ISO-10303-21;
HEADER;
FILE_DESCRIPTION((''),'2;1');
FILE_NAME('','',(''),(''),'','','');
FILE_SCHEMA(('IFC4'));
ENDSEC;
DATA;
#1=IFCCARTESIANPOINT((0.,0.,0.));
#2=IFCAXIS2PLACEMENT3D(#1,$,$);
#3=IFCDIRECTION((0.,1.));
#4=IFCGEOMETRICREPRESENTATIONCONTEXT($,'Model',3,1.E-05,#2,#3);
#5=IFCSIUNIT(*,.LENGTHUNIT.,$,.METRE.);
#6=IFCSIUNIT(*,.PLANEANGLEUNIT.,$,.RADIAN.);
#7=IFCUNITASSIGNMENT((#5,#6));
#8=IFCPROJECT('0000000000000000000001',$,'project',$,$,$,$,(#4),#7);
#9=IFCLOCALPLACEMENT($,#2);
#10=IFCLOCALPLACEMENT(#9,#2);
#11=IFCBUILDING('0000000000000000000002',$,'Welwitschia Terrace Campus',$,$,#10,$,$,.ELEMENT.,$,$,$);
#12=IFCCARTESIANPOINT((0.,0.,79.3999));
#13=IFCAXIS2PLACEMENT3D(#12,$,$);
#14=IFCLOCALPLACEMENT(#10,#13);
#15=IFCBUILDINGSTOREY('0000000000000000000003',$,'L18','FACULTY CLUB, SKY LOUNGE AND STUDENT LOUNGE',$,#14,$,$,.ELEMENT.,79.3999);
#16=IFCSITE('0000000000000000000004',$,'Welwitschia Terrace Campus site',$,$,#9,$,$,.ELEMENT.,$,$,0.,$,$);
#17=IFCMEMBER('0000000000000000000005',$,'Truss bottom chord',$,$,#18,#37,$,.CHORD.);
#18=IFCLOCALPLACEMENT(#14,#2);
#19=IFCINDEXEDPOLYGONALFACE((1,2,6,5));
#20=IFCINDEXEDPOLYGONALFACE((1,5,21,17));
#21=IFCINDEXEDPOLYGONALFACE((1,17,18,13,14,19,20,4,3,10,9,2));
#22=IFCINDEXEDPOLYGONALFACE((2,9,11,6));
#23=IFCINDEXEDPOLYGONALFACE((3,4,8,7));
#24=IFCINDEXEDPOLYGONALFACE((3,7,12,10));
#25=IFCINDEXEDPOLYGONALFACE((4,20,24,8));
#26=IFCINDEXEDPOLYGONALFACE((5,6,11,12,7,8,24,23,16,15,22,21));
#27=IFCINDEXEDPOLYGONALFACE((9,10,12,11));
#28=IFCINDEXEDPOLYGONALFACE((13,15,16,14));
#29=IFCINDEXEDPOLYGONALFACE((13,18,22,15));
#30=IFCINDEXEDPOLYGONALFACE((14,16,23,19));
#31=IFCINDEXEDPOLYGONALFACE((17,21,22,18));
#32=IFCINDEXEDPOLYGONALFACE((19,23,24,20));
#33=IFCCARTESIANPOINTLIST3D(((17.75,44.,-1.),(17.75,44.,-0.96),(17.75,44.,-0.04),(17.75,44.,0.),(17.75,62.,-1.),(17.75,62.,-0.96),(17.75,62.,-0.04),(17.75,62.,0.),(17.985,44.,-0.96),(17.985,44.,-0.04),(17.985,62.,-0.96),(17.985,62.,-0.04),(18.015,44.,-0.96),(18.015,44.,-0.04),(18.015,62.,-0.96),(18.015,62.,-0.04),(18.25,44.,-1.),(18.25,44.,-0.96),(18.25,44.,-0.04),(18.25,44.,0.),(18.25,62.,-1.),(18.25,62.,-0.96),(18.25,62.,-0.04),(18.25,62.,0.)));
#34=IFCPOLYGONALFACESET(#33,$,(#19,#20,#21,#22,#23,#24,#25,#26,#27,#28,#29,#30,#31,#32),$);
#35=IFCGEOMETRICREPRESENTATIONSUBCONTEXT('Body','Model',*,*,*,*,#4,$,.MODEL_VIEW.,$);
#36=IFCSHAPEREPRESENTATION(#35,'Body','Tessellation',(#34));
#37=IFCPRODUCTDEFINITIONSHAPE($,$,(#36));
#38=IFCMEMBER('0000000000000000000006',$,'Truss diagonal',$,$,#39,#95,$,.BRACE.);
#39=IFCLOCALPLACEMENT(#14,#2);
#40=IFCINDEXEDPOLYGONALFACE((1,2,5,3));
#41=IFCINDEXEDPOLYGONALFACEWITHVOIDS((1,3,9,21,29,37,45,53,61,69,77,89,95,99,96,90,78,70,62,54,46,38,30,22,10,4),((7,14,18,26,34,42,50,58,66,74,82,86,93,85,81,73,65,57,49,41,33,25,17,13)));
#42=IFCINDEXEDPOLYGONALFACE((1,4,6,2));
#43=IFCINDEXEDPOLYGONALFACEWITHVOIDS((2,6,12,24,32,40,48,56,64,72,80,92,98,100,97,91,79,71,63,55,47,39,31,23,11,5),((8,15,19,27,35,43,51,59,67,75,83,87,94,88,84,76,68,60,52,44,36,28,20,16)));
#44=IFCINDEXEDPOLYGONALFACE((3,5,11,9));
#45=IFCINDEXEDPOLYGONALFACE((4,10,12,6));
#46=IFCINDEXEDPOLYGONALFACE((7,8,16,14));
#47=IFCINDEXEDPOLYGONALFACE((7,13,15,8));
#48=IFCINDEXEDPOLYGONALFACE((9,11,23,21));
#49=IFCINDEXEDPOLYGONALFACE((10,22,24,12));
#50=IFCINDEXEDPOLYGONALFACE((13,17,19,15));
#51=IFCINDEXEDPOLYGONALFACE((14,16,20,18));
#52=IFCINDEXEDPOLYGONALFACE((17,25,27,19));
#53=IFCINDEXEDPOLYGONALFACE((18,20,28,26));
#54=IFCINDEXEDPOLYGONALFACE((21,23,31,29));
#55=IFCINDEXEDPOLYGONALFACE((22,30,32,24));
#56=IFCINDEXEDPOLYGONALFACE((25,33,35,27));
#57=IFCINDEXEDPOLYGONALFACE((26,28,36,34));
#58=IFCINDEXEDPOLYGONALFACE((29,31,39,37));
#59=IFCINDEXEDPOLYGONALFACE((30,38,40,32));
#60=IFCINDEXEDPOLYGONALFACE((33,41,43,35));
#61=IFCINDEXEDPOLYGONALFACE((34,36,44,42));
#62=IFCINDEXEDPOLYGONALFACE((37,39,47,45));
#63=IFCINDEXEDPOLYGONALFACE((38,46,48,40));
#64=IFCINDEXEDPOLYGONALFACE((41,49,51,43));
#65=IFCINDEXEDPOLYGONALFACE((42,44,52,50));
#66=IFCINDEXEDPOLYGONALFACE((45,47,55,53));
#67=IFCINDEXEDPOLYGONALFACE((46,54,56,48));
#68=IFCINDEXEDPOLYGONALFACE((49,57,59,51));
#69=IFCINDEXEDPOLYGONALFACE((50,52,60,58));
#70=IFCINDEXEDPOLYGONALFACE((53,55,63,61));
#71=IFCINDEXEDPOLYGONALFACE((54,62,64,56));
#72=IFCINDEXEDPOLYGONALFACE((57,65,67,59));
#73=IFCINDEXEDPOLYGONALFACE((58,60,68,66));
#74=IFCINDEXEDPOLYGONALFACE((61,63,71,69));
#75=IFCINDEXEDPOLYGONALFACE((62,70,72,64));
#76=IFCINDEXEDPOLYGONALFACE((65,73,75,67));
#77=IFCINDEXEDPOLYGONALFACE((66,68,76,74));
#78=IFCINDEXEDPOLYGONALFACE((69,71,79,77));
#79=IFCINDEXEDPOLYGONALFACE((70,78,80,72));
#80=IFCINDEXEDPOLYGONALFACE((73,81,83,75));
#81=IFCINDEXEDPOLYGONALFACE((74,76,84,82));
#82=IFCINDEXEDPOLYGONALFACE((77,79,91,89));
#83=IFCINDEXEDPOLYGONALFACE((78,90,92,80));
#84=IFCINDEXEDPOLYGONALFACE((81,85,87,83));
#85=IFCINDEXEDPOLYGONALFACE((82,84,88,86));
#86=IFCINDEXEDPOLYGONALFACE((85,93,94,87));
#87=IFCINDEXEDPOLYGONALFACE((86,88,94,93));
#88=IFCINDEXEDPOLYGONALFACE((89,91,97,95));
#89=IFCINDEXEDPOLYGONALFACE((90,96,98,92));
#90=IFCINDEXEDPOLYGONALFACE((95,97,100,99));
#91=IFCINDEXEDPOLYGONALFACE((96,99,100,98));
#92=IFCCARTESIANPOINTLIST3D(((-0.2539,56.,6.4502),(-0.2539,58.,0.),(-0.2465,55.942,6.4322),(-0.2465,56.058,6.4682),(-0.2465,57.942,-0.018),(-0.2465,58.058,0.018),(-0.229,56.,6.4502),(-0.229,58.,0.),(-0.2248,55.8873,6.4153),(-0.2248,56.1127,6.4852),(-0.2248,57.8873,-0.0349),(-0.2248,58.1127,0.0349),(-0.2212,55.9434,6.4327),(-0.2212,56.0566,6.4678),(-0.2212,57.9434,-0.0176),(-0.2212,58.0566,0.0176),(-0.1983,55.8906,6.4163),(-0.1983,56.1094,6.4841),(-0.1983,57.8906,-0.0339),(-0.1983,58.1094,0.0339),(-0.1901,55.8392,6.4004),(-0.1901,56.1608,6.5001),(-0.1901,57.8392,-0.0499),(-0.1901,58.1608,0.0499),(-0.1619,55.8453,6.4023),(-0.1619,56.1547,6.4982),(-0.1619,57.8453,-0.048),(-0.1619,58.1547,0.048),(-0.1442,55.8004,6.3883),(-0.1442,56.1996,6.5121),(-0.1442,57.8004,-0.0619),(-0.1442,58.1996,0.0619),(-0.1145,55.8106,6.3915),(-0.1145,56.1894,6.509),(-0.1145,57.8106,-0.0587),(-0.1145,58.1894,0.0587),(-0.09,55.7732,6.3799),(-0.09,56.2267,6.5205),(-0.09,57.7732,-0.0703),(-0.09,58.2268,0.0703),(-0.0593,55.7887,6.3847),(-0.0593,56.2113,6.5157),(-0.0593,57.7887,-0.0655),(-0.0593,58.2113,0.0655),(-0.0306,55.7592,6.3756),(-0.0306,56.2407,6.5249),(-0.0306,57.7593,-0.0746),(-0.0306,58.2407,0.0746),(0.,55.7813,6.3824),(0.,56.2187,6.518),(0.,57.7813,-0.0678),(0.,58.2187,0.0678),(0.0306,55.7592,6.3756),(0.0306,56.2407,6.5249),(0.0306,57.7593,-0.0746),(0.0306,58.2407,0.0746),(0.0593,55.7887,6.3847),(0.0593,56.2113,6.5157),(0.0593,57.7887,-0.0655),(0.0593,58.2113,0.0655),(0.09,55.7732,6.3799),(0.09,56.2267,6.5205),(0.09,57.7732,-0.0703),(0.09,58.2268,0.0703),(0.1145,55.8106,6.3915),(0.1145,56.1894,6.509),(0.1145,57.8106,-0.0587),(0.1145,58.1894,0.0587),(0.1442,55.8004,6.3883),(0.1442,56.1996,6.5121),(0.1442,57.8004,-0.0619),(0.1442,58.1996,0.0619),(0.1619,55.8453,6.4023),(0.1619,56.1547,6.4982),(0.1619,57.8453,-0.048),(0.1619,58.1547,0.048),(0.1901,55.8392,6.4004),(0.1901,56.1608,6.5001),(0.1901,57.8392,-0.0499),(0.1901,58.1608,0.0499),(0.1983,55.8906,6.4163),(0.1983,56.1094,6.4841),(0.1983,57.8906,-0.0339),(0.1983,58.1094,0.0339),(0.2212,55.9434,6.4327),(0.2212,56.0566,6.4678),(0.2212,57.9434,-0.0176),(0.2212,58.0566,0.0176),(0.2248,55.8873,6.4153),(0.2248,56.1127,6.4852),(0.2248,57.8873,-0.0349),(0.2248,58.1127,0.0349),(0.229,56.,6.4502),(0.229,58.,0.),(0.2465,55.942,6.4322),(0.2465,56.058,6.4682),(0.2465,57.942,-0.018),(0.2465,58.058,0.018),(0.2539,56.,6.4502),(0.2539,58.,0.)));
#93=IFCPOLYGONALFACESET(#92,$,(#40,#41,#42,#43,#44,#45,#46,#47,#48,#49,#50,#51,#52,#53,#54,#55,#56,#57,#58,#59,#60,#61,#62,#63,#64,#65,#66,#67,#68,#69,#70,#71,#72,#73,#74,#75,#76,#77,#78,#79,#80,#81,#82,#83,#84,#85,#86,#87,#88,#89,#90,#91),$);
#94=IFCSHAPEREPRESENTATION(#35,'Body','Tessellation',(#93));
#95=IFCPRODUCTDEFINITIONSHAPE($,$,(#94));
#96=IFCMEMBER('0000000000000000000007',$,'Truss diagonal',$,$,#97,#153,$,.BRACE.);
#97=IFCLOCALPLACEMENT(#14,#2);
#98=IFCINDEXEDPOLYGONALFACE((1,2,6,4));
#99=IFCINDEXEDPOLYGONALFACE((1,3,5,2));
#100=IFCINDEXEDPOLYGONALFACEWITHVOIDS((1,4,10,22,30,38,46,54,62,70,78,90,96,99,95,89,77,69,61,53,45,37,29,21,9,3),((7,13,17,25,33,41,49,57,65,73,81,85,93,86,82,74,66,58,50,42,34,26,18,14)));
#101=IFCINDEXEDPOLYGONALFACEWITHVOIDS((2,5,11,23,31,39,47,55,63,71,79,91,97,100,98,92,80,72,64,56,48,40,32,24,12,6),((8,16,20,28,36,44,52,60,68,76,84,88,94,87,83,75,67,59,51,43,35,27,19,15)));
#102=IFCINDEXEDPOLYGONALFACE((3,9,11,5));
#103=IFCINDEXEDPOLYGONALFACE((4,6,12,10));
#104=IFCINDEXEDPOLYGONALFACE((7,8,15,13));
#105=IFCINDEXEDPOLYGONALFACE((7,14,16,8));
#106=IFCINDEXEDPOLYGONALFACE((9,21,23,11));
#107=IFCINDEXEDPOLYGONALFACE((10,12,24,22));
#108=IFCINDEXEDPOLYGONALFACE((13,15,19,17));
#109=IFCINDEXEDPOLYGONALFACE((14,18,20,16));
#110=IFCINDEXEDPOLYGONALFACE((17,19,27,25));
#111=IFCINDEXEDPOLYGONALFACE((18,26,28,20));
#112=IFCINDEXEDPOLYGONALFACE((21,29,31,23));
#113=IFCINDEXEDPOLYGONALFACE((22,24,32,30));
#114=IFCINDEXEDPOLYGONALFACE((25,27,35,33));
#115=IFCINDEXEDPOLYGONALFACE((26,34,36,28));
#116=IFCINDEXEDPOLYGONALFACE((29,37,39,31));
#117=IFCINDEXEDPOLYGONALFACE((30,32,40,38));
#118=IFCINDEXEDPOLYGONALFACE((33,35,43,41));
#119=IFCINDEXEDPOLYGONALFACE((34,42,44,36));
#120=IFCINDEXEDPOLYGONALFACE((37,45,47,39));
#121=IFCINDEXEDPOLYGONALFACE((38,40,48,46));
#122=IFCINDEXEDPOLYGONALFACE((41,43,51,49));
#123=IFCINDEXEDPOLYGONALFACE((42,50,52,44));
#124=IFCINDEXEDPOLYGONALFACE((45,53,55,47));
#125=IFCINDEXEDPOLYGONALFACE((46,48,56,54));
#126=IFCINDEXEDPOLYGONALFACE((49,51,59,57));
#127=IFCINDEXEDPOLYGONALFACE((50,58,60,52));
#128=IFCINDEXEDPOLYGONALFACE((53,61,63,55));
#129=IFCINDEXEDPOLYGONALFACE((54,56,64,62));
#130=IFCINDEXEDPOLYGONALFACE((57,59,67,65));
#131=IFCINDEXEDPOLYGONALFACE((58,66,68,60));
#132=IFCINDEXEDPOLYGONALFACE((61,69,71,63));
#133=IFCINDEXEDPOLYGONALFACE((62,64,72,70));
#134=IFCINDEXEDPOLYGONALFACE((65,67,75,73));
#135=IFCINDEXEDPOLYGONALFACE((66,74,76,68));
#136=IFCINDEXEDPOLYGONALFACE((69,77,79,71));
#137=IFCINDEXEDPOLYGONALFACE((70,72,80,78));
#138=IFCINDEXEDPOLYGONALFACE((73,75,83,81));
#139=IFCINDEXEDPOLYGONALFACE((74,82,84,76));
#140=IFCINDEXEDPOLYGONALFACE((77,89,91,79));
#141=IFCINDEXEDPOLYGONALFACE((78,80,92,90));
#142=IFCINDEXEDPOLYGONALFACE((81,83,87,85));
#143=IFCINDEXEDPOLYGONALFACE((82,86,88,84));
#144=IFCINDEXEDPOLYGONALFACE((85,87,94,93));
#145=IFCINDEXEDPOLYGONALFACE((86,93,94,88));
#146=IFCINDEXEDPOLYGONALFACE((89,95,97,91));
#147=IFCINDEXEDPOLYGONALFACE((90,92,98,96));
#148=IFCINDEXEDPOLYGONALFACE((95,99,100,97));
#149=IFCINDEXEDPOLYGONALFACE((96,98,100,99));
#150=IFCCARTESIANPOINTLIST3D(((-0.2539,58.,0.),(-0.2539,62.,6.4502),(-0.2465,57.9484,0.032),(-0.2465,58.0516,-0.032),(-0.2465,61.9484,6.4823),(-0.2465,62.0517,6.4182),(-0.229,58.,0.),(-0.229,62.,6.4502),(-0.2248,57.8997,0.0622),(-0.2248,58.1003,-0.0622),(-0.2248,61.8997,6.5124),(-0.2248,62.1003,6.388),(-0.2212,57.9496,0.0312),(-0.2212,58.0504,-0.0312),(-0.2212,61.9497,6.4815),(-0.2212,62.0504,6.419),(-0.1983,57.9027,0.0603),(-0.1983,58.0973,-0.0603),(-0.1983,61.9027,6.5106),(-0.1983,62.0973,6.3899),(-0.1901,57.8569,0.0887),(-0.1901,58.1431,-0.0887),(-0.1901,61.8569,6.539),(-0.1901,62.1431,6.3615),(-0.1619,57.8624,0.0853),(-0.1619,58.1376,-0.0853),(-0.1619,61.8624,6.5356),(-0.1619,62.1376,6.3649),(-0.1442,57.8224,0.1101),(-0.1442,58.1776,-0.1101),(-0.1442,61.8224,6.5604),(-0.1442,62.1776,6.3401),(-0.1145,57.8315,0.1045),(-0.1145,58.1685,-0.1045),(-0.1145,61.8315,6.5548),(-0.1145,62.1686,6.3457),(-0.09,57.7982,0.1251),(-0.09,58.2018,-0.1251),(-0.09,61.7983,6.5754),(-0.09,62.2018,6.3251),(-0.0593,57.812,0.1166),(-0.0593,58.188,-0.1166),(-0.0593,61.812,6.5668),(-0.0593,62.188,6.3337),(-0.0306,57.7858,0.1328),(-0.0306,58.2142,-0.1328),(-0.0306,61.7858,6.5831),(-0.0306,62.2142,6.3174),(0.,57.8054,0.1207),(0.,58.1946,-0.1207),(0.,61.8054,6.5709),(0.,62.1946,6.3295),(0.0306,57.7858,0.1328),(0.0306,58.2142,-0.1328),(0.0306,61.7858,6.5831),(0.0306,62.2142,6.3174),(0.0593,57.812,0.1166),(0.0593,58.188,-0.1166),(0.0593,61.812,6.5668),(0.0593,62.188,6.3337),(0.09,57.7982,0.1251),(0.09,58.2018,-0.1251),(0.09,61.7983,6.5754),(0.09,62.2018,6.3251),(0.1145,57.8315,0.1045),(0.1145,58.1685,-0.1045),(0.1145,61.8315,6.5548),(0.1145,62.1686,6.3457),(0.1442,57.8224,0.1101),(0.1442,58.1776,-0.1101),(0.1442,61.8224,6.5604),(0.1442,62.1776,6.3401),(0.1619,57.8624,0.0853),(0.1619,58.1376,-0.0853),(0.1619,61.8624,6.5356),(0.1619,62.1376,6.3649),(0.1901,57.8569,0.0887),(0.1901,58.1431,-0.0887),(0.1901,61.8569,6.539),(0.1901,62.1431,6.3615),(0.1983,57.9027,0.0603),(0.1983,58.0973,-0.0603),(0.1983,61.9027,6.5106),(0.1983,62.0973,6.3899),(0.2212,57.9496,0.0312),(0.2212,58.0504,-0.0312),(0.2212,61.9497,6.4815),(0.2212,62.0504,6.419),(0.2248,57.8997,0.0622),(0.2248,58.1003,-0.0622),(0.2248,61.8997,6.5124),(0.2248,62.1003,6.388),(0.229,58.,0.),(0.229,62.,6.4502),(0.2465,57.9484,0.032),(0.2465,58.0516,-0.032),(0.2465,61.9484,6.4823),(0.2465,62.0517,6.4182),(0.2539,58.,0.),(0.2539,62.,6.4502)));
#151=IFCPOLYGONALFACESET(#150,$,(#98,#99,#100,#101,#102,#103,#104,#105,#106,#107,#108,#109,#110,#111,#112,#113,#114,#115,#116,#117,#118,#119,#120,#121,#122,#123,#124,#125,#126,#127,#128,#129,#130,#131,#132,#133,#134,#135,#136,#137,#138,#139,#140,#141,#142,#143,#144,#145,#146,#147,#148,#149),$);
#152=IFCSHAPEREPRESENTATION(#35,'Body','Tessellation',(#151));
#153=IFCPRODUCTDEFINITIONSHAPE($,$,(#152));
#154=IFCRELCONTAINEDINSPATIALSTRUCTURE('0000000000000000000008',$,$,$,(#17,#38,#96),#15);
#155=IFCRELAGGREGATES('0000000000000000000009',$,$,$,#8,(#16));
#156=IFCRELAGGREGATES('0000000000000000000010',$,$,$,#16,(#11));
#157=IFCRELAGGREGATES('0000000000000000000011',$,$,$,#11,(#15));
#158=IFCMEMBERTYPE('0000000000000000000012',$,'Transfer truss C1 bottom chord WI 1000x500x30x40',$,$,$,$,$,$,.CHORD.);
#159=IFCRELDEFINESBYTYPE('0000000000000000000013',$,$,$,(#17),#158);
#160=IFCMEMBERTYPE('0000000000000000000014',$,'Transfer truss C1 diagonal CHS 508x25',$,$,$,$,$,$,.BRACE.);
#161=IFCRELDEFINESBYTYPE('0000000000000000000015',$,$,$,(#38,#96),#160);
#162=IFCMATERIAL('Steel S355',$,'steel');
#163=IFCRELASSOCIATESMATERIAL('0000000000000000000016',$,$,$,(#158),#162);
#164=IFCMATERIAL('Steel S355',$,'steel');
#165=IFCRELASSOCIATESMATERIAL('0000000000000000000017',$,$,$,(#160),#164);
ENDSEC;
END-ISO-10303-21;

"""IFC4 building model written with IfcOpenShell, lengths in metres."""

from ifc_helpers import new_model, si_unit, direction, frame, origin, origin_2d, place, context, subcontext, project, spatial, hollow_circle, i_section, extrude, material, material_profile, profile_set, type_object, element, save


model = new_model("IFC4")

# Units and contexts
model_context = context("Model", 3, precision=1e-05, world=origin(), true_north=direction((0.0, 1.0)))
body_context = subcontext(model_context, "Body", "Model", "MODEL_VIEW")
ifc_project = project(units=[si_unit("LENGTHUNIT", "METRE"), si_unit("PLANEANGLEUNIT", "RADIAN")], contexts=[model_context])

# Site, building, storey
site_placement = place(None, origin())
site = spatial("IfcSite", under=ifc_project, at=site_placement, Name="Welwitschia Terrace Campus site", CompositionType="ELEMENT", RefElevation=0.0)
building_placement = place(site_placement, origin())
building = spatial("IfcBuilding", under=site, at=building_placement, Name="Welwitschia Terrace Campus", CompositionType="ELEMENT")
storey_placement = place(building_placement, frame((0.0, 0.0, 79.3999)))
storey = spatial("IfcBuildingStorey", under=building, at=storey_placement, Name="L18", Description="FACULTY CLUB, SKY LOUNGE AND STUDENT LOUNGE", CompositionType="ELEMENT", Elevation=79.3999)

# Members
ifc_material_1 = material(Name="Steel S355", Category="steel")
ifc_material_profile_1 = material_profile(ifc_material_1, i_section(OverallWidth=0.5, OverallDepth=1.0, WebThickness=0.03, FlangeThickness=0.04, at=origin_2d()))
ifc_profile_set_1 = profile_set([ifc_material_profile_1], Name="Steel S355")
member_type_1 = type_object("IfcMemberType", Name="Transfer truss C1 bottom chord WI 1000x500x30x40", PredefinedType="CHORD", material=ifc_profile_set_1)
member_1_placement = place(storey_placement, frame((18.0, 44.0, -0.5), z_axis=(0.0, 1.0, 0.0), x_axis=(-1.0, 0.0, 0.0)))
element("IfcMember", 1, at=member_1_placement, inside=storey, type_object=member_type_1, Name="Truss bottom chord", PredefinedType="CHORD", context=body_context, shape_type="SweptSolid", body=[
    extrude(i_section(OverallWidth=0.5, OverallDepth=1.0, WebThickness=0.03, FlangeThickness=0.04, at=origin_2d()), origin(), (0.0, 0.0, 1.0), 18.0),
])
ifc_material_2 = material(Name="Steel S355", Category="steel")
ifc_material_profile_2 = material_profile(ifc_material_2, hollow_circle(Radius=0.2539, WallThickness=0.0249, at=origin_2d()))
ifc_profile_set_2 = profile_set([ifc_material_profile_2], Name="Steel S355")
member_type_2 = type_object("IfcMemberType", Name="Transfer truss C1 diagonal CHS 508x25", PredefinedType="BRACE", material=ifc_profile_set_2)
member_2_placement = place(storey_placement, frame((0.0, 58.0, 0.0), z_axis=(0.0, -0.296158, 0.955139), x_axis=(1.0, 0.0, 0.0)))
element("IfcMember", 2, at=member_2_placement, inside=storey, type_object=member_type_2, Name="Truss diagonal", PredefinedType="BRACE", context=body_context, shape_type="SweptSolid", body=[
    extrude(hollow_circle(Radius=0.2539, WallThickness=0.0249, at=origin_2d()), origin(), (0.0, 0.0, 1.0), 6.7532),
])
for number, where, z_axis, x_axis, name in (
    (3, (0.0, 58.0, 0.0), (0.0, 0.527023, 0.849851), (-1.0, 0.0, 0.0), "Truss diagonal"),
):
    element("IfcMember", number, at=place(storey_placement, frame(where, z_axis=z_axis, x_axis=x_axis)), inside=storey, type_object=member_type_2, Name=name, PredefinedType="BRACE", context=body_context, shape_type="SweptSolid", body=[
        extrude(hollow_circle(Radius=0.2539, WallThickness=0.0249, at=origin_2d()), origin(), (0.0, 0.0, 1.0), 7.5898),
    ])

save(model, "model.ifc")
